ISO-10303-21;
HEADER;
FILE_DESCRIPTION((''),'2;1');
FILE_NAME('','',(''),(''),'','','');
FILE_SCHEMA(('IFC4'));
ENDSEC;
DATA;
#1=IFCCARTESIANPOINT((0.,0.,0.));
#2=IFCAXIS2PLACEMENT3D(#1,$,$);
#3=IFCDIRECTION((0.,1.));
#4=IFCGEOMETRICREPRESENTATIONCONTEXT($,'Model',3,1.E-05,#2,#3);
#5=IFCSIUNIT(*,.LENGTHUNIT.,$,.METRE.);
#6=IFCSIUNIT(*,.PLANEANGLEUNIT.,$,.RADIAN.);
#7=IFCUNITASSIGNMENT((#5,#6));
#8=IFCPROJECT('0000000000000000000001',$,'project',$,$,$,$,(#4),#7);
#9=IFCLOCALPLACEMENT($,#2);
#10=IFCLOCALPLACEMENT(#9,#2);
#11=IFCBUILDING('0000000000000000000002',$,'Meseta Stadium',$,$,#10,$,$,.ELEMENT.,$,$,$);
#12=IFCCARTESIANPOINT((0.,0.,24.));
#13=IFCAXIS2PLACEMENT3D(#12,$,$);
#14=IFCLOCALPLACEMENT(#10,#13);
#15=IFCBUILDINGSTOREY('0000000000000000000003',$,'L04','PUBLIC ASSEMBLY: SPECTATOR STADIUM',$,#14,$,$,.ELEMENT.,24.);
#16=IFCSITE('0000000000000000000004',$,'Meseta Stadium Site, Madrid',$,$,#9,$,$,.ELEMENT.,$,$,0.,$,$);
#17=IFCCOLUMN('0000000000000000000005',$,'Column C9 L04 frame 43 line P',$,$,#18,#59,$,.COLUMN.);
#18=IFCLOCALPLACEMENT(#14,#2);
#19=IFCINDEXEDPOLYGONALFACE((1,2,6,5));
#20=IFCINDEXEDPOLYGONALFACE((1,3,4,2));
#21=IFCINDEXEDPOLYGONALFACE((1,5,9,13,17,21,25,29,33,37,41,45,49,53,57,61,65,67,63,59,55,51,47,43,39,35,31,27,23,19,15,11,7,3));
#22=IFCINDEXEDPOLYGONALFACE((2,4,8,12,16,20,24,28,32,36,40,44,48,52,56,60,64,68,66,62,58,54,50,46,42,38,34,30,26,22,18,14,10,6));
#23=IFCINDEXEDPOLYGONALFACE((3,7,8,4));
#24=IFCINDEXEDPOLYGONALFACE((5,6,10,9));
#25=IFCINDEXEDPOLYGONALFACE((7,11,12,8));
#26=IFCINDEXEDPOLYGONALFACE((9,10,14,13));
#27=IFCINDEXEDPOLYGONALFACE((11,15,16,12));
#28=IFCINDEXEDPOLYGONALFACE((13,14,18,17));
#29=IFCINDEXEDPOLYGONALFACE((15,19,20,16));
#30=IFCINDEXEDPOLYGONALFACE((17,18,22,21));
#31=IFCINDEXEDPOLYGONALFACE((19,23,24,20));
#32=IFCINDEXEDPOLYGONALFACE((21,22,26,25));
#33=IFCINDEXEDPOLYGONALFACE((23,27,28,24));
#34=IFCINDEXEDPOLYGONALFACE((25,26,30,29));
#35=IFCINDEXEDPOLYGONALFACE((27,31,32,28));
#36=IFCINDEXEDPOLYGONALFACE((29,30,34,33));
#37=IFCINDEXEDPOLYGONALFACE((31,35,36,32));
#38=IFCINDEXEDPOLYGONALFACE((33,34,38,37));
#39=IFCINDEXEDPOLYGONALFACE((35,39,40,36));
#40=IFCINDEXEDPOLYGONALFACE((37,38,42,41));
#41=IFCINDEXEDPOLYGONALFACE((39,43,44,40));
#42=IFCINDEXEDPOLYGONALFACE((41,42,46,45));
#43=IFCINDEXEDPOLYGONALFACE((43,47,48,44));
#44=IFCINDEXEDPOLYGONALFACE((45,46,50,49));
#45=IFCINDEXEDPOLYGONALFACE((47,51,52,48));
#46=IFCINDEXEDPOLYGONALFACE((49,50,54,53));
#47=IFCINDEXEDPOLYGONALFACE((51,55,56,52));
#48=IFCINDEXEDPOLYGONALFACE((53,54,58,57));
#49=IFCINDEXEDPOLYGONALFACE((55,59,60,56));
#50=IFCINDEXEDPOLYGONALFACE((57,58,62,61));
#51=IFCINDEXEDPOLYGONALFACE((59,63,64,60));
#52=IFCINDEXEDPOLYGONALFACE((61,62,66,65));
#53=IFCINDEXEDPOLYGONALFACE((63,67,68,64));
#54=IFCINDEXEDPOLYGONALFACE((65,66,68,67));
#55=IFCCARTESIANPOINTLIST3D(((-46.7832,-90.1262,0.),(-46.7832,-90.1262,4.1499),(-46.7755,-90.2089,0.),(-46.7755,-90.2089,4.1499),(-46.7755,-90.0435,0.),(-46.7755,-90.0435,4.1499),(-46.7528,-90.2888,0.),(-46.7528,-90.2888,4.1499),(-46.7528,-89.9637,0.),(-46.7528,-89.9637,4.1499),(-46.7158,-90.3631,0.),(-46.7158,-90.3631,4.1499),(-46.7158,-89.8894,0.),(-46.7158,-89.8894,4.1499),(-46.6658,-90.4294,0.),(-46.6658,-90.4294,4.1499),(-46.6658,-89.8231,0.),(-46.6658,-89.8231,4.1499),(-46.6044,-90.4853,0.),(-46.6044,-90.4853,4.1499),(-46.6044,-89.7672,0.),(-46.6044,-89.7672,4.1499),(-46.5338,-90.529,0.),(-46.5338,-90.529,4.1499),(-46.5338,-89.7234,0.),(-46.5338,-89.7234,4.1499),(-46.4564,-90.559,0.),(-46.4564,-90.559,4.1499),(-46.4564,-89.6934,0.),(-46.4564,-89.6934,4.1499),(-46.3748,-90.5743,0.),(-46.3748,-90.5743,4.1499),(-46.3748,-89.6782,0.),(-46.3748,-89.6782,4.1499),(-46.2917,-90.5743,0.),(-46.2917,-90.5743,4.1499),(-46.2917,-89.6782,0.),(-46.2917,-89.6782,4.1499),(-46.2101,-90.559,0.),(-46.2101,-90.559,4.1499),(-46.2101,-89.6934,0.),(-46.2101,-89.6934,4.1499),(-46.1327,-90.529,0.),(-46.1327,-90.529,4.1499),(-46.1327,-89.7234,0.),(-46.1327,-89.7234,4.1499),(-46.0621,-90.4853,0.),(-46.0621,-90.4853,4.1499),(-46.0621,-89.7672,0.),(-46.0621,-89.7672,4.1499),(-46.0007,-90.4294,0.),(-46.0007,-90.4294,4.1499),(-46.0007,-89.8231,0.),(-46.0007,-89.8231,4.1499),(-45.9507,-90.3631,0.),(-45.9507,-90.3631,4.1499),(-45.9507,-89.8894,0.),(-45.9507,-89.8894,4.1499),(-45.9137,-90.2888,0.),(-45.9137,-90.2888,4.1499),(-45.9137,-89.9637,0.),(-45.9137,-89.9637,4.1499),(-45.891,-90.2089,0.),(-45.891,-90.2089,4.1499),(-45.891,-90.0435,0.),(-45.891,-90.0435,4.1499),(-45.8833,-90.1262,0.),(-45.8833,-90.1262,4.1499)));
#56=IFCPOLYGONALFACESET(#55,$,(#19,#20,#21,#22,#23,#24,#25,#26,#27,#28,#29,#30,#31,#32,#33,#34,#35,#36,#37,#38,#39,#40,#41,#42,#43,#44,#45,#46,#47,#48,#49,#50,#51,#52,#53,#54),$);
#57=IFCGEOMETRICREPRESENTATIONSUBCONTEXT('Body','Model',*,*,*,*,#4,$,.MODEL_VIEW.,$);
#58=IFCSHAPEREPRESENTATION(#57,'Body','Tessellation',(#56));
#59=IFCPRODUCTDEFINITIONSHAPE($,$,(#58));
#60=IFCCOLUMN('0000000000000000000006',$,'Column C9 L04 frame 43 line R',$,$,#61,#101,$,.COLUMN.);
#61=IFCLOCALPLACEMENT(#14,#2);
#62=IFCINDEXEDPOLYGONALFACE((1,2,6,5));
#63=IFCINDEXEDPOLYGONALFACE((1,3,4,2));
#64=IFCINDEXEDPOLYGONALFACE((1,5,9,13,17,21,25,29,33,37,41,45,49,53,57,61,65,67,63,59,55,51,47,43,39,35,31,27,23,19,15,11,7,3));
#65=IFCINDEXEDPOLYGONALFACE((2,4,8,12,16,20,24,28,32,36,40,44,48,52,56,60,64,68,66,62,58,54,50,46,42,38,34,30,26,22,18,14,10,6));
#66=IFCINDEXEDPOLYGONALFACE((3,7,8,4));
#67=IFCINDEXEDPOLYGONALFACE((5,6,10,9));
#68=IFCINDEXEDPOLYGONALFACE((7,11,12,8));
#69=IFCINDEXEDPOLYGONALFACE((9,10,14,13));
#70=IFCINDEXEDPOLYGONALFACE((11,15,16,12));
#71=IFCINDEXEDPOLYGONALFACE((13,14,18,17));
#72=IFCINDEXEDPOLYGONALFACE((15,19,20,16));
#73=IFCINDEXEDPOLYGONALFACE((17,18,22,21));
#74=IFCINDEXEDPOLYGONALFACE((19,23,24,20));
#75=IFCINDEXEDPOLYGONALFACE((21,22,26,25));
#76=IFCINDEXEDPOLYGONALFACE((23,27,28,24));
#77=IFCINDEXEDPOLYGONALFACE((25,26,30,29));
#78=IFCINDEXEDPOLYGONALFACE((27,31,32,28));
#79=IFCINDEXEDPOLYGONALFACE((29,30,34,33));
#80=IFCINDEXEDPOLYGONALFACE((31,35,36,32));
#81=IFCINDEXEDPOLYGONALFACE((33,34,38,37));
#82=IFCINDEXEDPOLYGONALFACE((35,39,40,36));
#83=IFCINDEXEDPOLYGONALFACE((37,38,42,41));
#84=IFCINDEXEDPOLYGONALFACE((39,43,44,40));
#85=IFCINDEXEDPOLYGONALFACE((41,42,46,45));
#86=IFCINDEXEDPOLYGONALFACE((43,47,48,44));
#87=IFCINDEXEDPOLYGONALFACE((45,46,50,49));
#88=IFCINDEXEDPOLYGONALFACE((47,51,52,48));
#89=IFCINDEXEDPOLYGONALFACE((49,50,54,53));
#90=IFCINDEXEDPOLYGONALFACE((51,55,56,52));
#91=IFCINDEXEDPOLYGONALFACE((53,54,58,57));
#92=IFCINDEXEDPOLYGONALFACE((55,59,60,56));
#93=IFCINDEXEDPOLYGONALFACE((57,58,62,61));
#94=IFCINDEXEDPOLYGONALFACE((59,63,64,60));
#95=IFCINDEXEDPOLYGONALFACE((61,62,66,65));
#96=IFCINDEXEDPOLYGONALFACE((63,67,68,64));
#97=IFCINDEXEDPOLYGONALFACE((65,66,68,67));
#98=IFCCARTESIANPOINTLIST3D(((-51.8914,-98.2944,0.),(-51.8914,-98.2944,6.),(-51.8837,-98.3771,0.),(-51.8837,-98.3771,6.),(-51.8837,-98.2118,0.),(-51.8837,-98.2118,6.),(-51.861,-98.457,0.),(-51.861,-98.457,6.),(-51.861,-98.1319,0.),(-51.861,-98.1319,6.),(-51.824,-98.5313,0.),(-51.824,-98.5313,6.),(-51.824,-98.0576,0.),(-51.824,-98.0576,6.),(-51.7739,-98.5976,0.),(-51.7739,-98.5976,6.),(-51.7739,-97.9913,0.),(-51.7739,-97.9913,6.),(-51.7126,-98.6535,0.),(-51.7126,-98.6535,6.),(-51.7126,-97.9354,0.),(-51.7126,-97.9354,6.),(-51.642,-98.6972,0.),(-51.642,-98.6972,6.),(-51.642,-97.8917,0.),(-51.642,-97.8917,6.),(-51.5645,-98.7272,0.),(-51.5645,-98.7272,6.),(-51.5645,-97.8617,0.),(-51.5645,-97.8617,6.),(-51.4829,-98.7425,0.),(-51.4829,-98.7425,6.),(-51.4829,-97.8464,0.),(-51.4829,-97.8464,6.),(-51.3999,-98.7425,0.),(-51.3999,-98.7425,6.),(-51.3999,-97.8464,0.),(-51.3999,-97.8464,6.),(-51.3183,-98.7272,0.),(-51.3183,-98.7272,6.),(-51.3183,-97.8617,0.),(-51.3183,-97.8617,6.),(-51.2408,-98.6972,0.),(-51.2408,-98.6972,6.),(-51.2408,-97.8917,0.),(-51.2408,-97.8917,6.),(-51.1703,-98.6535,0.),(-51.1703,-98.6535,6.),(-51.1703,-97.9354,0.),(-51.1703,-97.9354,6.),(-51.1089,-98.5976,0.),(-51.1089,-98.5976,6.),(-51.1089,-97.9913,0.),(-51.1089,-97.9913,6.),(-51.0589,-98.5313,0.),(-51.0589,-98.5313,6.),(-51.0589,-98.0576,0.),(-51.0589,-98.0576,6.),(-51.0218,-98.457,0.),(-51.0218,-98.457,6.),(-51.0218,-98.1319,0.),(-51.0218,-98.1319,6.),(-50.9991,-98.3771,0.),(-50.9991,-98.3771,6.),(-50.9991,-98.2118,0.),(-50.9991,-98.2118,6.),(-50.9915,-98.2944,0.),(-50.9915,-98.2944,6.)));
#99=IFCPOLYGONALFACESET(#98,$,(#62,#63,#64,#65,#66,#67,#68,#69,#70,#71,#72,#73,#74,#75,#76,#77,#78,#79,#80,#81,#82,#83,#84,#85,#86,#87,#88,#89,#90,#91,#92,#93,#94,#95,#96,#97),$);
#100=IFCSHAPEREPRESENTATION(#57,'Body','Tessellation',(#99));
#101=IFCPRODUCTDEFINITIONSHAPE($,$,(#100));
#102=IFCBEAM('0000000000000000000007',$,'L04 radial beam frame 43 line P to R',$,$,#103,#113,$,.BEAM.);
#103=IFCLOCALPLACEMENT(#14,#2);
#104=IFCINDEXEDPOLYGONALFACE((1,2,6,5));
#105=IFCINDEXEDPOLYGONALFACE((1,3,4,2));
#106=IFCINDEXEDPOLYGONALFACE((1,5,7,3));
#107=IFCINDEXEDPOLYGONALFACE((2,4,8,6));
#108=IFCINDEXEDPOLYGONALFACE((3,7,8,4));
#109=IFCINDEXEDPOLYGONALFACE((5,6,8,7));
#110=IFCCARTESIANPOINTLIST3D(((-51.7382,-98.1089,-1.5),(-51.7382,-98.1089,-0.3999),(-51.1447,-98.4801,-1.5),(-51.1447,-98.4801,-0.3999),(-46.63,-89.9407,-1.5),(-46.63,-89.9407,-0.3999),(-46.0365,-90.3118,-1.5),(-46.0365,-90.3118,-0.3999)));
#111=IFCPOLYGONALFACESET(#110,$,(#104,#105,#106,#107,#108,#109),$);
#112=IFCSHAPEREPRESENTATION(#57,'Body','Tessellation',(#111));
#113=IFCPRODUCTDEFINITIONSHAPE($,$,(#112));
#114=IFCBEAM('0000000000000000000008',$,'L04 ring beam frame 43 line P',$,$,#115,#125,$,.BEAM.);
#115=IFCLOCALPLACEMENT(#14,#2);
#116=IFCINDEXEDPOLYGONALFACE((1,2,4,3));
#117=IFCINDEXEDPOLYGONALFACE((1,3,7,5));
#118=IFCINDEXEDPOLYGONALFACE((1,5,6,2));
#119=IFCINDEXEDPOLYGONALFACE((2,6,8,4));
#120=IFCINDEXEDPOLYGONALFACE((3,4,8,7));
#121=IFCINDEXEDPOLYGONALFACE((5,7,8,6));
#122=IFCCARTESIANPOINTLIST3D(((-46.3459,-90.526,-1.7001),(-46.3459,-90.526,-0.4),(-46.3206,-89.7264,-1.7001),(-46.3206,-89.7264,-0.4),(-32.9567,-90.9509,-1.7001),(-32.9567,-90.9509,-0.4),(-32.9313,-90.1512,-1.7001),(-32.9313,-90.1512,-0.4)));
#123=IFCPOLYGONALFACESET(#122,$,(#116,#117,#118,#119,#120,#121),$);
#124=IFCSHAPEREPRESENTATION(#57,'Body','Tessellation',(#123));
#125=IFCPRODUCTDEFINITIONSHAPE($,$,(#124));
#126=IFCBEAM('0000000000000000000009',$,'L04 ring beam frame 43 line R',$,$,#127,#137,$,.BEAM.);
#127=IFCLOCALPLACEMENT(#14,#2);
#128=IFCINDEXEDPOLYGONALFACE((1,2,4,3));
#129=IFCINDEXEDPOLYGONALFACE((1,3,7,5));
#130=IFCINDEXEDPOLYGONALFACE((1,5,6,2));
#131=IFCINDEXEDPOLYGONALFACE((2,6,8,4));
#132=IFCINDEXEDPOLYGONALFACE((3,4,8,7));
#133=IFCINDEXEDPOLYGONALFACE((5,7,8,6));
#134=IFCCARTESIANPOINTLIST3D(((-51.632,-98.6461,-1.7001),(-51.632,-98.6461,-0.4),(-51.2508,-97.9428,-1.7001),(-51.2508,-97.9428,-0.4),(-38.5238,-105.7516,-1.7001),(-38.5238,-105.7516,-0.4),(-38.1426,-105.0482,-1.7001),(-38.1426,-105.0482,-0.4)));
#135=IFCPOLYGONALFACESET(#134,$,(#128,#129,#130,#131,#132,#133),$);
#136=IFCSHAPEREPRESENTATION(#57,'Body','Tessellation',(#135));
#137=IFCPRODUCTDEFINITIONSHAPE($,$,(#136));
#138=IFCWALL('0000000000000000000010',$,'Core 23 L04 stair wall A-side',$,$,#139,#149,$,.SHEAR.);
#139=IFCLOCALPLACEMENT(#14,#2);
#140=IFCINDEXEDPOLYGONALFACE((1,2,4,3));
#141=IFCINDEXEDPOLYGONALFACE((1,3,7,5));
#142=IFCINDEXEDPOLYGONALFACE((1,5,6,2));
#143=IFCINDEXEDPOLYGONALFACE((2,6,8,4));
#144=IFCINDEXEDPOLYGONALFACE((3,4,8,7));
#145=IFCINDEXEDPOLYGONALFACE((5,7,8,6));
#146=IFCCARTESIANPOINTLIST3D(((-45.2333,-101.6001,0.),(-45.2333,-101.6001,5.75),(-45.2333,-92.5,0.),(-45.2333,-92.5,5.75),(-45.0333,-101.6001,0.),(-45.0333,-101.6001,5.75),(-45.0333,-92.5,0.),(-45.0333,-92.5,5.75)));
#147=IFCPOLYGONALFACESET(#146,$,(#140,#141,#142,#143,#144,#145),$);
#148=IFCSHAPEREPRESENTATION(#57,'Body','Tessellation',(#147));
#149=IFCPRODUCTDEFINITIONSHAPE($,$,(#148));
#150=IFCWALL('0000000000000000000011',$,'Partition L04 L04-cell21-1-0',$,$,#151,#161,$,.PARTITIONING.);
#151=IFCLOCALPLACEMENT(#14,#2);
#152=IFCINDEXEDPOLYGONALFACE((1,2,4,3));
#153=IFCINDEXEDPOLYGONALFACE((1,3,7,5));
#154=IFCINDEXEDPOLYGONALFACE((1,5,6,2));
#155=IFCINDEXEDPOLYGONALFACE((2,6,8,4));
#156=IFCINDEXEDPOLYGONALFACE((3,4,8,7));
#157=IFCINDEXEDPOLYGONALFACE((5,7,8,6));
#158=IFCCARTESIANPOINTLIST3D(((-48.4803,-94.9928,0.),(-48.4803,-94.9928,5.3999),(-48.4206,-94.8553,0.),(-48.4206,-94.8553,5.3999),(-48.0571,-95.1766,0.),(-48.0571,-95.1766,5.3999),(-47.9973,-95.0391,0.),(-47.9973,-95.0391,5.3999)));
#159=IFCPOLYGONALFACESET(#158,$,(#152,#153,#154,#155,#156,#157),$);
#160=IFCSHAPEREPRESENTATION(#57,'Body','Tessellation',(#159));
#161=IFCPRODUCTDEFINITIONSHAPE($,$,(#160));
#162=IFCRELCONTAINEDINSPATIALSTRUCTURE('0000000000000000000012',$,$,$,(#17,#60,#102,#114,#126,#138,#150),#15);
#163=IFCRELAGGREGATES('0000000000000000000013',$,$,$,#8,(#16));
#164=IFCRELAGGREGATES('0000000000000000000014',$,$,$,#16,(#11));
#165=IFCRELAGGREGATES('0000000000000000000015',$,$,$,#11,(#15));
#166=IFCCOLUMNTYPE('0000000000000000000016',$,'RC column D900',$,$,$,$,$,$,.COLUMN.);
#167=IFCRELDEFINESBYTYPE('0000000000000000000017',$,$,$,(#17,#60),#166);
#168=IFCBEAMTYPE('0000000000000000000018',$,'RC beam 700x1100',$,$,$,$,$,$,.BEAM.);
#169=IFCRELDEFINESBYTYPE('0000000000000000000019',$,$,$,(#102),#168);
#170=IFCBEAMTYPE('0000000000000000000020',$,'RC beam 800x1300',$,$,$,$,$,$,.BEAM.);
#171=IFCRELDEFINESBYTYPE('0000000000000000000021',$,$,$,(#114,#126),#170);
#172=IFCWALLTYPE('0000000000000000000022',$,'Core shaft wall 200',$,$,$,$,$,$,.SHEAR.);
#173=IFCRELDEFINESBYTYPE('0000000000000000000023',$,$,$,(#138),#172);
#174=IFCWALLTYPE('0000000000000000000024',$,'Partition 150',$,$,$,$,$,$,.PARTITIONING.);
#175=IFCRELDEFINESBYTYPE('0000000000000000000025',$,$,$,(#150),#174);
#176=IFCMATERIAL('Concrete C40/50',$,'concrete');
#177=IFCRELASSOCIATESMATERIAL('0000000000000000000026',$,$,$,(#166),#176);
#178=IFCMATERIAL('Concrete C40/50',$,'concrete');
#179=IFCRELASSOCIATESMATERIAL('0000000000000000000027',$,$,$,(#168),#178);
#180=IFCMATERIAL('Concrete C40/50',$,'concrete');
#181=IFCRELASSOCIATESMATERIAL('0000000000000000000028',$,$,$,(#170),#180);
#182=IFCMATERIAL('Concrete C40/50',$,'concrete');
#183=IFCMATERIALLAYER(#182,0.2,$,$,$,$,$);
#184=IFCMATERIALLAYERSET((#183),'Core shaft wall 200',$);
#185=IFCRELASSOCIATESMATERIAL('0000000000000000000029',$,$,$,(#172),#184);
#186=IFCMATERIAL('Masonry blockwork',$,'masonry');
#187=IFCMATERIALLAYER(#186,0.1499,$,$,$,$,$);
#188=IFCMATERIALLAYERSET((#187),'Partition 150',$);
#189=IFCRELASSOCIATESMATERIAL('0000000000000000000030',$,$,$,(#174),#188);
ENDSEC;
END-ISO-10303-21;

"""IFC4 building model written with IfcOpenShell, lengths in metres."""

from ifc_helpers import new_model, si_unit, direction, frame, frame_2d, origin, origin_2d, place, context, subcontext, project, spatial, rectangle, circle, extrude, material, layer, layer_set, material_profile, profile_set, type_object, element, save


model = new_model("IFC4")

# Units and contexts
model_context = context("Model", 3, precision=1e-05, world=origin(), true_north=direction((0.0, 1.0)))
body_context = subcontext(model_context, "Body", "Model", "MODEL_VIEW")
ifc_project = project(units=[si_unit("LENGTHUNIT", "METRE"), si_unit("PLANEANGLEUNIT", "RADIAN")], contexts=[model_context])

# Site, building, storey
site_placement = place(None, origin())
site = spatial("IfcSite", under=ifc_project, at=site_placement, Name="Meseta Stadium Site, Madrid", CompositionType="ELEMENT", RefElevation=0.0)
building_placement = place(site_placement, origin())
building = spatial("IfcBuilding", under=site, at=building_placement, Name="Meseta Stadium", CompositionType="ELEMENT")
storey_placement = place(building_placement, frame((0.0, 0.0, 24.0)))
storey = spatial("IfcBuildingStorey", under=building, at=storey_placement, Name="L04", Description="PUBLIC ASSEMBLY: SPECTATOR STADIUM", CompositionType="ELEMENT", Elevation=24.0)

# Columns
ifc_material_1 = material(Name="Concrete C40/50", Category="concrete")
ifc_material_profile_1 = material_profile(ifc_material_1, circle(Radius=0.45, at=origin_2d()), Name="RC D900")
ifc_profile_set_1 = profile_set([ifc_material_profile_1], Name="Concrete C40/50")
column_type = type_object("IfcColumnType", Name="RC column D900", PredefinedType="COLUMN", material=ifc_profile_set_1)
column_1_placement = place(storey_placement, frame((-46.3333, -90.1262, 0.0), z_axis=(0.0, 0.0, 1.0), x_axis=(1.0, 0.0, 0.0)))
element("IfcColumn", 1, at=column_1_placement, inside=storey, type_object=column_type, Name="Column C9 L04 frame 43 line P", PredefinedType="COLUMN", context=body_context, shape_type="SweptSolid", body=[
    extrude(circle(Radius=0.45, at=origin_2d()), origin(), (0.0, 0.0, 1.0), 4.1499),
])
column_2_placement = place(storey_placement, frame((-51.4414, -98.2944, 0.0), z_axis=(0.0, 0.0, 1.0), x_axis=(1.0, 0.0, 0.0)))
element("IfcColumn", 2, at=column_2_placement, inside=storey, type_object=column_type, Name="Column C9 L04 frame 43 line R", PredefinedType="COLUMN", context=body_context, shape_type="SweptSolid", body=[
    extrude(circle(Radius=0.45, at=origin_2d()), origin(), (0.0, 0.0, 1.0), 6.0),
])

# Beams
ifc_material_2 = material(Name="Concrete C40/50", Category="concrete")
ifc_material_profile_2 = material_profile(ifc_material_2, rectangle(XDim=0.7, YDim=1.1001, at=origin_2d()), Name="RC 700x1100")
ifc_profile_set_2 = profile_set([ifc_material_profile_2], Name="Concrete C40/50")
beam_type_1 = type_object("IfcBeamType", Name="RC beam 700x1100", PredefinedType="BEAM", material=ifc_profile_set_2)
beam_1_placement = place(storey_placement, frame((-46.3333, -90.1262, -0.95), z_axis=(-0.530224, -0.847857, 0.0), x_axis=(0.847857, -0.530224, 0.0)))
element("IfcBeam", 3, at=beam_1_placement, inside=storey, type_object=beam_type_1, Name="L04 radial beam frame 43 line P to R", PredefinedType="BEAM", context=body_context, shape_type="SweptSolid", body=[
    extrude(rectangle(XDim=0.7, YDim=1.1001, at=origin_2d()), origin(), (0.0, 0.0, 1.0), 9.634),
])
ifc_material_3 = material(Name="Concrete C40/50", Category="concrete")
ifc_material_profile_3 = material_profile(ifc_material_3, rectangle(XDim=0.8, YDim=1.3, at=origin_2d()), Name="RC 800x1300")
ifc_profile_set_3 = profile_set([ifc_material_profile_3], Name="Concrete C40/50")
beam_type_2 = type_object("IfcBeamType", Name="RC beam 800x1300", PredefinedType="BEAM", material=ifc_profile_set_3)
beam_2_placement = place(storey_placement, frame((-46.3333, -90.1262, -1.05), z_axis=(0.999497, -0.031712, 0.0), x_axis=(0.031712, 0.999497, 0.0)))
element("IfcBeam", 4, at=beam_2_placement, inside=storey, type_object=beam_type_2, Name="L04 ring beam frame 43 line P", PredefinedType="BEAM", context=body_context, shape_type="SweptSolid", body=[
    extrude(rectangle(XDim=0.8, YDim=1.3, at=origin_2d()), origin(), (0.0, 0.0, 1.0), 13.396),
])
beam_3_placement = place(storey_placement, frame((-51.4414, -98.2944, -1.05), z_axis=(0.879145, -0.476554, 0.0), x_axis=(0.476554, 0.879145, 0.0)))
element("IfcBeam", 5, at=beam_3_placement, inside=storey, type_object=beam_type_2, Name="L04 ring beam frame 43 line R", PredefinedType="BEAM", context=body_context, shape_type="SweptSolid", body=[
    extrude(rectangle(XDim=0.8, YDim=1.3, at=origin_2d()), origin(), (0.0, 0.0, 1.0), 14.9102),
])

# Walls
ifc_material_4 = material(Name="Concrete C40/50", Category="concrete")
ifc_layer_1 = layer(ifc_material_4, 0.2)
ifc_layer_set_1 = layer_set([ifc_layer_1], Name="Core shaft wall 200")
wall_type_1 = type_object("IfcWallType", Name="Core shaft wall 200", PredefinedType="SHEAR", material=ifc_layer_set_1)
wall_1_placement = place(storey_placement, frame((-45.1333, -101.6001, 0.0), z_axis=(0.0, 0.0, 1.0), x_axis=(0.0, 1.0, 0.0)))
element("IfcWall", 6, at=wall_1_placement, inside=storey, type_object=wall_type_1, Name="Core 23 L04 stair wall A-side", PredefinedType="SHEAR", context=body_context, shape_type="SweptSolid", body=[
    extrude(rectangle(XDim=9.1001, YDim=0.2, at=frame_2d((4.55, 0.0))), origin(), (0.0, 0.0, 1.0), 5.75),
])
ifc_material_5 = material(Name="Masonry blockwork", Category="masonry")
ifc_layer_2 = layer(ifc_material_5, 0.1499)
ifc_layer_set_2 = layer_set([ifc_layer_2], Name="Partition 150")
wall_type_2 = type_object("IfcWallType", Name="Partition 150", PredefinedType="PARTITIONING", material=ifc_layer_set_2)
wall_2_placement = place(storey_placement, frame((-48.4504, -94.9241, 0.0), z_axis=(0.0, 0.0, 1.0), x_axis=(0.917247, -0.39832, 0.0)))
element("IfcWall", 7, at=wall_2_placement, inside=storey, type_object=wall_type_2, Name="Partition L04 L04-cell21-1-0", PredefinedType="PARTITIONING", context=body_context, shape_type="SweptSolid", body=[
    extrude(rectangle(XDim=0.4614, YDim=0.1499, at=frame_2d((0.2307, 0.0))), origin(), (0.0, 0.0, 1.0), 5.3999),
])

save(model, "model.ifc")
